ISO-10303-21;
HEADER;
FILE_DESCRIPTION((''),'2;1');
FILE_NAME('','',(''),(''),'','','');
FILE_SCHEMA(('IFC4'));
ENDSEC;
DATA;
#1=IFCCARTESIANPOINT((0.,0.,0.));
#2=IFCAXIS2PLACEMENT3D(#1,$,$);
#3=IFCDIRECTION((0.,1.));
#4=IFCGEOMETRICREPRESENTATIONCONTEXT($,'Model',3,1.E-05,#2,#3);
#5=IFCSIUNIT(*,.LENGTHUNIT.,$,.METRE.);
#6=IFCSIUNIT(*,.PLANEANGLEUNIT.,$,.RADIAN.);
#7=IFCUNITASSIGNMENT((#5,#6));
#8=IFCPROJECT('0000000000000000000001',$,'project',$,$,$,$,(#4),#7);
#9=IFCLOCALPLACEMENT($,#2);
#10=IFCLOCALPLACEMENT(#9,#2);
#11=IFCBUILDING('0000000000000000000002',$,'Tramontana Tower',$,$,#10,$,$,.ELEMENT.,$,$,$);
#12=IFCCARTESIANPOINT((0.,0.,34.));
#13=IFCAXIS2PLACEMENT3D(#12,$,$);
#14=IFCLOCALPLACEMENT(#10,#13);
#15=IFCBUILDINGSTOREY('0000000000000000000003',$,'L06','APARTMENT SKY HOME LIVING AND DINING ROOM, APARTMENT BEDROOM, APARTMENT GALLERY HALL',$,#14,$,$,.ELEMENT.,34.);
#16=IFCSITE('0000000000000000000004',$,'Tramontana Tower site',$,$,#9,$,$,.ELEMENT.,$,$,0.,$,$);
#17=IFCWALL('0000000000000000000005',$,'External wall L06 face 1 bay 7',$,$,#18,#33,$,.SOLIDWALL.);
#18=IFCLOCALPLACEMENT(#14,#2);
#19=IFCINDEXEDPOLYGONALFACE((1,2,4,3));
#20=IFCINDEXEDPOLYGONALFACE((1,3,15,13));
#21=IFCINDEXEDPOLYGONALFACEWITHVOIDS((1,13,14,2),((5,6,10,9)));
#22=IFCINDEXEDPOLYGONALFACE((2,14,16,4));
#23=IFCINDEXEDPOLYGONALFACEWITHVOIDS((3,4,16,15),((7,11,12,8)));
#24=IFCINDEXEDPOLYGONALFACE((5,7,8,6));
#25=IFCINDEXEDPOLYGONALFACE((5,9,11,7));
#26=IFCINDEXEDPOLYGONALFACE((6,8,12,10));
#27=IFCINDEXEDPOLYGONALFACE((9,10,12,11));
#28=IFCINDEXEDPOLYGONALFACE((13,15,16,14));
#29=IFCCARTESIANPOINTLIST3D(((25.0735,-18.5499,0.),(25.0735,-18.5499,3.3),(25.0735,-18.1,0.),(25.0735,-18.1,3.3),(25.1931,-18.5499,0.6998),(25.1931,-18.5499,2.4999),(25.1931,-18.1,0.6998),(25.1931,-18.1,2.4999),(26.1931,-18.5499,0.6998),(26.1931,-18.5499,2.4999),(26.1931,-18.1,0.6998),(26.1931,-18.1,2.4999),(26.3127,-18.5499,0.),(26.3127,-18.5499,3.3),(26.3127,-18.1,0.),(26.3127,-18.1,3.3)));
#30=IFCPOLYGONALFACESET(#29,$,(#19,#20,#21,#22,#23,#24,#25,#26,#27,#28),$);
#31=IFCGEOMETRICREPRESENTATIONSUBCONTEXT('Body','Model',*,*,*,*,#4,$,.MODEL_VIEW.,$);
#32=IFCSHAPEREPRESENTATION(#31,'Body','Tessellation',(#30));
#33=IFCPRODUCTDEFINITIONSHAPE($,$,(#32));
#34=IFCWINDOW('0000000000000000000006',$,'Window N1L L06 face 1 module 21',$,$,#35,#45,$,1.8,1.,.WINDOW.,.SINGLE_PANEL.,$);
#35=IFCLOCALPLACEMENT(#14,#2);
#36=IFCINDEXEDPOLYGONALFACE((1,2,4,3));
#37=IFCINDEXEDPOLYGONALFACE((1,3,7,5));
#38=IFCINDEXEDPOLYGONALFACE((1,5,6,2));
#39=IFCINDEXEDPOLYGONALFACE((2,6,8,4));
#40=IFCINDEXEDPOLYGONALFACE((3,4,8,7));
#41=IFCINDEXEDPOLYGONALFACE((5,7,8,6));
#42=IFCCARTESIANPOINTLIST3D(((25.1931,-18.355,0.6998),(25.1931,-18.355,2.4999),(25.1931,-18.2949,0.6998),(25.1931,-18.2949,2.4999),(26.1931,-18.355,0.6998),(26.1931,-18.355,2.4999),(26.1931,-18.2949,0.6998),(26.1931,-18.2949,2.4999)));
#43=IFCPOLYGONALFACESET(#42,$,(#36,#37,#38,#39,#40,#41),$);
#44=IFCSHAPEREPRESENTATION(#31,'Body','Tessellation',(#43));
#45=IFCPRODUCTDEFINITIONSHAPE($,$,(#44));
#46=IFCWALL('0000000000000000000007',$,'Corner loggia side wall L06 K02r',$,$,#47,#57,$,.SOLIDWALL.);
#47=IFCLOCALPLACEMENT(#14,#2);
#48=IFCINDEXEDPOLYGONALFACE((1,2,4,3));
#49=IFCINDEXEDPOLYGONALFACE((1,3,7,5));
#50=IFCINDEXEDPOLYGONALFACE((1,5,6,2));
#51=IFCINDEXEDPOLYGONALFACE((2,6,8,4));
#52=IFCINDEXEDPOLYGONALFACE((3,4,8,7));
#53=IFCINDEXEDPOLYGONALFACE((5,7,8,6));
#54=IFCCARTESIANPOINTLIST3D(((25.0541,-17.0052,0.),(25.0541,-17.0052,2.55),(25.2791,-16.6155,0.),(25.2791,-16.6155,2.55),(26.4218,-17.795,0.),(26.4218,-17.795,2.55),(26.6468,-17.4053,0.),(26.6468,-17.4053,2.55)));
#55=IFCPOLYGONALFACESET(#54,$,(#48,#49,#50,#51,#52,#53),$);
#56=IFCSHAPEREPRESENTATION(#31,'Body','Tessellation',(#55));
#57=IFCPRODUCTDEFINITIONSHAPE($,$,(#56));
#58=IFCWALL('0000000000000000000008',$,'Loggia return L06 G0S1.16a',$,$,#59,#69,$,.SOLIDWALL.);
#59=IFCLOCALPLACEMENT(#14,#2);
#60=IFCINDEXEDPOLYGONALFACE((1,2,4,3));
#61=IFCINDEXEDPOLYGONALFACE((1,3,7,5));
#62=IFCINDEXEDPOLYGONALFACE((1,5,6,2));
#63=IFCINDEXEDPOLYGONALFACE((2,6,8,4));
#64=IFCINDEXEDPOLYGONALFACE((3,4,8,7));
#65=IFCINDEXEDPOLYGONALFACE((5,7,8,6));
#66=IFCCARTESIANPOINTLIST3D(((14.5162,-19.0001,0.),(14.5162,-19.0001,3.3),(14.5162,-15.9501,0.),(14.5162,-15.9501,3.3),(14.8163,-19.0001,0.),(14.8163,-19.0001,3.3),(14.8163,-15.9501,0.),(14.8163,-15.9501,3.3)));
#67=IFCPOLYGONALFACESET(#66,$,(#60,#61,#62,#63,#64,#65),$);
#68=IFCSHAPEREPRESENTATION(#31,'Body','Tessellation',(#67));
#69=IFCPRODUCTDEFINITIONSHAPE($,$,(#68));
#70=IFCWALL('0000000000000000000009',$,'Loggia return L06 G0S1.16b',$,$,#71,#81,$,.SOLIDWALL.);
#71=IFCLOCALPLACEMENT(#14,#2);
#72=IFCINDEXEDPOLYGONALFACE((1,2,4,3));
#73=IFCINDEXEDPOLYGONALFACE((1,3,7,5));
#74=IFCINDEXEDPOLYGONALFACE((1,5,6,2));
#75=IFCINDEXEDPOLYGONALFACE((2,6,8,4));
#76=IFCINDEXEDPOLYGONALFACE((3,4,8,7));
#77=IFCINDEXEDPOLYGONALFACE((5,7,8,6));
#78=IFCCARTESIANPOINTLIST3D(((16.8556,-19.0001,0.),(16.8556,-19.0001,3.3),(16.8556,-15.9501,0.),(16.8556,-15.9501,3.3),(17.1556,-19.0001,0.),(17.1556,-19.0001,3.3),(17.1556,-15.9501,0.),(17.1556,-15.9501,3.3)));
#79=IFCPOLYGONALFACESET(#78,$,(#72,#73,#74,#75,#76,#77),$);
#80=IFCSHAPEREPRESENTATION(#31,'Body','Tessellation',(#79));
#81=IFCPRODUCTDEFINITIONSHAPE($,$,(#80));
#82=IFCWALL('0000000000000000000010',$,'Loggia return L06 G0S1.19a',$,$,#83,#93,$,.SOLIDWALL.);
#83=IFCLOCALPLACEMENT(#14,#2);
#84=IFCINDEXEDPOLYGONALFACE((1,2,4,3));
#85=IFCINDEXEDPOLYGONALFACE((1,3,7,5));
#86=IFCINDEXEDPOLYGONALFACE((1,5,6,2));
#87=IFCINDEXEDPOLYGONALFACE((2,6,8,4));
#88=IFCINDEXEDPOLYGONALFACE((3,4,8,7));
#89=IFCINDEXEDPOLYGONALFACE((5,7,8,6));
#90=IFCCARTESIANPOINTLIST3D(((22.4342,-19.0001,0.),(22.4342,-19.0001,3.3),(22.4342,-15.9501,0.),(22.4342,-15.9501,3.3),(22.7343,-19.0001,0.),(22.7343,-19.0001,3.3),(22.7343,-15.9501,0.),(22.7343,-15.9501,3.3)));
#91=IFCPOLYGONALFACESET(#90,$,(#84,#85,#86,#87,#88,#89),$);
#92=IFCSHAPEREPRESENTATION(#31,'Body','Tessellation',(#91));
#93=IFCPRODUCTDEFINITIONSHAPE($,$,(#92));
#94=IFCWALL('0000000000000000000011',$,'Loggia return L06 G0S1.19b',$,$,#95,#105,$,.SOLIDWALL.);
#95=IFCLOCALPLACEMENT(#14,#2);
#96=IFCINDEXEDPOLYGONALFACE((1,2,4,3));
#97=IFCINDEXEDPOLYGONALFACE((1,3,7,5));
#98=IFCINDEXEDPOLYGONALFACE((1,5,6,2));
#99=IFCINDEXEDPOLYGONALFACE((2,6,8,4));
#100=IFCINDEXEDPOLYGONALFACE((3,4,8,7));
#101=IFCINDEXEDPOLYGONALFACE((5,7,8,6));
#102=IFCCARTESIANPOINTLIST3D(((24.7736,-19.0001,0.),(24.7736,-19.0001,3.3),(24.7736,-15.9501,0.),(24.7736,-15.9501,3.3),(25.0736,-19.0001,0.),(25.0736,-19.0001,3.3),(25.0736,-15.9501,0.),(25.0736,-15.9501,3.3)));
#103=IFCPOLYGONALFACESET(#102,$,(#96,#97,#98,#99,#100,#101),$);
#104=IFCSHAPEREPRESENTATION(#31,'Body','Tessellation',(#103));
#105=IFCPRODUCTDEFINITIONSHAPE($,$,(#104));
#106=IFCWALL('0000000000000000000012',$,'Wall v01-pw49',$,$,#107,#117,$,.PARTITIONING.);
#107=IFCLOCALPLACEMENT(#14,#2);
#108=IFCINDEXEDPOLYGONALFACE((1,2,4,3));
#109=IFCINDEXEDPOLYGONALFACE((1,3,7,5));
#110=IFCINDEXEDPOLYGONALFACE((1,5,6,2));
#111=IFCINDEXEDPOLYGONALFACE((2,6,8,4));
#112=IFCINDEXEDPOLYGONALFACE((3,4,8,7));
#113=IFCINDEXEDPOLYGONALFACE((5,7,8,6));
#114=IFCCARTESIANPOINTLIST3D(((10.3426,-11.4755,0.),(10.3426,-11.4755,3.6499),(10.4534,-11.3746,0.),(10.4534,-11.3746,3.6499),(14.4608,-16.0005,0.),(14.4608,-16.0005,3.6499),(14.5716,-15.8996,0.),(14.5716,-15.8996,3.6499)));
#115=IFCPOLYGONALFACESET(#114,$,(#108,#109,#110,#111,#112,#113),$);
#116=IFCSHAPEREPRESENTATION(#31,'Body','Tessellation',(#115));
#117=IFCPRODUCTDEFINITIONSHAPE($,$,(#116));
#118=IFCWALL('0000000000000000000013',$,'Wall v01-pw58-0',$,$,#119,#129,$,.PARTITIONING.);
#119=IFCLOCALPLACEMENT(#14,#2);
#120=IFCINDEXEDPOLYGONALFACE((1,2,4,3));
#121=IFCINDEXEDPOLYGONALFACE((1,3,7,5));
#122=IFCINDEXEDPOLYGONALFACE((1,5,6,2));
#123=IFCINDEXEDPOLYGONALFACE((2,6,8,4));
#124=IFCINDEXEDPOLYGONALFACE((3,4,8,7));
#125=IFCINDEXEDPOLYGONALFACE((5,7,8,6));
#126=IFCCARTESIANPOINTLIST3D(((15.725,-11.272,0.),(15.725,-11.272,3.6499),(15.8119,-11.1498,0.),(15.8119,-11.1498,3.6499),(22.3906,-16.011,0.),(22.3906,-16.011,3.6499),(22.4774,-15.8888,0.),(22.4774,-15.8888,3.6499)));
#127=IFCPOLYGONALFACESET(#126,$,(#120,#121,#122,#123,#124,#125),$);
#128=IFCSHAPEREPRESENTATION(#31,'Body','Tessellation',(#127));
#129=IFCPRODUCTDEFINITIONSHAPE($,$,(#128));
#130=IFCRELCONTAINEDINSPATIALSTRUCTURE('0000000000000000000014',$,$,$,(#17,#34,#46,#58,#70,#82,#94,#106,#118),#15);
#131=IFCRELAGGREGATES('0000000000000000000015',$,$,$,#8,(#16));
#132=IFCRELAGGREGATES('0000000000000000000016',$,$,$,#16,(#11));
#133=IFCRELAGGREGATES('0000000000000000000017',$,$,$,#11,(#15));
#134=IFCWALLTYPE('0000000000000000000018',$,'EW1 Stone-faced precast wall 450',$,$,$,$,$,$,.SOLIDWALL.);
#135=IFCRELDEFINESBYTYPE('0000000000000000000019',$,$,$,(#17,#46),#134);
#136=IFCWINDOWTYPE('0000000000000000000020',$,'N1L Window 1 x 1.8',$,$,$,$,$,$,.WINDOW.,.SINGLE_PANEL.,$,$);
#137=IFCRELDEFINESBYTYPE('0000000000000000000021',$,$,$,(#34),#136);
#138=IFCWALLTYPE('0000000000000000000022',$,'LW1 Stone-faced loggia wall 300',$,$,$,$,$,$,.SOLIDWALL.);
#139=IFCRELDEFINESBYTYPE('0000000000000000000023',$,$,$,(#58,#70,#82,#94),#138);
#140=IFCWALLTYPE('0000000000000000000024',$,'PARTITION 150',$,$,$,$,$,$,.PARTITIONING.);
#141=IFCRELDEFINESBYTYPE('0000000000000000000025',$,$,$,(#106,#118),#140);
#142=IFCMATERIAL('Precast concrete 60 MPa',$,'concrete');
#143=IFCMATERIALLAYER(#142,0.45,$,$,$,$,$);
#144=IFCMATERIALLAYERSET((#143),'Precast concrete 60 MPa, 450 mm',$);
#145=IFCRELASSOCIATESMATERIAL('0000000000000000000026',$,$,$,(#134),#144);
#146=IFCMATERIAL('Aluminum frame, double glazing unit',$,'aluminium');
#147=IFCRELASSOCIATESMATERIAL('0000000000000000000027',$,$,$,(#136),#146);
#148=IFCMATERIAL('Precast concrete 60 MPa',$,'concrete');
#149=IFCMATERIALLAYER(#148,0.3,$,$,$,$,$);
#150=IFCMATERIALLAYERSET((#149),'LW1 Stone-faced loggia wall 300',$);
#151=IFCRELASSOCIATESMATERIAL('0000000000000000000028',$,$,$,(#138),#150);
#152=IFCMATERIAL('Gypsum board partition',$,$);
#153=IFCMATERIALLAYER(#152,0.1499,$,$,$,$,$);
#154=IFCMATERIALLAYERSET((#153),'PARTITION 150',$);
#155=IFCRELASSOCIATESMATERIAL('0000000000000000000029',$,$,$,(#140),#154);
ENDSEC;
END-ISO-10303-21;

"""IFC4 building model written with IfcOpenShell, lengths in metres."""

from ifc_helpers import new_model, si_unit, direction, frame, frame_2d, origin, place, context, subcontext, project, spatial, rectangle, extrude, material, layer, layer_set, type_object, element, fill, save


model = new_model("IFC4")

# Units and contexts
model_context = context("Model", 3, precision=1e-05, world=origin(), true_north=direction((0.0, 1.0)))
body_context = subcontext(model_context, "Body", "Model", "MODEL_VIEW")
ifc_project = project(units=[si_unit("LENGTHUNIT", "METRE"), si_unit("PLANEANGLEUNIT", "RADIAN")], contexts=[model_context])

# Site, building, storey
site_placement = place(None, origin())
site = spatial("IfcSite", under=ifc_project, at=site_placement, Name="Tramontana Tower site", CompositionType="ELEMENT", RefElevation=0.0)
building_placement = place(site_placement, origin())
building = spatial("IfcBuilding", under=site, at=building_placement, Name="Tramontana Tower", CompositionType="ELEMENT")
storey_placement = place(building_placement, frame((0.0, 0.0, 34.0)))
storey = spatial("IfcBuildingStorey", under=building, at=storey_placement, Name="L06", Description="APARTMENT SKY HOME LIVING AND DINING ROOM, APARTMENT BEDROOM, APARTMENT GALLERY HALL", CompositionType="ELEMENT", Elevation=34.0)

# Wall, opening, window
ifc_material_1 = material(Name="Precast concrete 60 MPa", Category="concrete")
ifc_layer_1 = layer(ifc_material_1, 0.45)
ifc_layer_set_1 = layer_set([ifc_layer_1], Name="Precast concrete 60 MPa, 450 mm")
wall_type_1 = type_object("IfcWallType", Name="EW1 Stone-faced precast wall 450", PredefinedType="SOLIDWALL", material=ifc_layer_set_1)
wall_1_placement = place(storey_placement, frame((25.0735, -18.325, 0.0), z_axis=(0.0, 0.0, 1.0), x_axis=(1.0, 0.0, 0.0)))
wall_1 = element("IfcWall", 1, at=wall_1_placement, inside=storey, type_object=wall_type_1, Name="External wall L06 face 1 bay 7", PredefinedType="SOLIDWALL", context=body_context, shape_type="SweptSolid", body=[
    extrude(rectangle(XDim=1.2393, YDim=0.45, at=frame_2d((0.6196, 0.0))), origin(), (0.0, 0.0, 1.0), 3.3),
])
opening_1_placement = place(wall_1_placement, frame((0.1196, 0.0, 0.7)))
opening_1 = element("IfcOpeningElement", 2, at=opening_1_placement, cuts=wall_1, PredefinedType="OPENING", context=body_context, shape_type="SweptSolid", body=[
    extrude(rectangle(XDim=1.0, YDim=1.8, at=frame_2d((0.5, 0.8999))), frame((0.0, 0.2349, 0.0), z_axis=(0.0, -1.0, 0.0), x_axis=(1.0, 0.0, 0.0)), (0.0, 0.0, 1.0), 0.47),
])
ifc_material_2 = material(Name="Aluminum frame, double glazing unit", Category="aluminium")
window_type_1 = type_object("IfcWindowType", Name="N1L Window 1 x 1.8", PartitioningType="SINGLE_PANEL", PredefinedType="WINDOW", material=ifc_material_2)
window_1_placement = place(opening_1_placement, origin())
window_1 = element("IfcWindow", 3, at=window_1_placement, inside=storey, type_object=window_type_1, Name="Window N1L L06 face 1 module 21", OverallHeight=1.8, OverallWidth=1.0, PartitioningType="SINGLE_PANEL", PredefinedType="WINDOW", context=body_context, shape_type="SweptSolid", body=[
    extrude(rectangle(XDim=1.0, YDim=1.8, at=frame_2d((0.5, 0.8999))), frame((0.0, 0.03, 0.0), z_axis=(0.0, -1.0, 0.0), x_axis=(1.0, 0.0, 0.0)), (0.0, 0.0, 1.0), 0.0601),
])
fill(opening_1, window_1)

# Wall
wall_2_placement = place(storey_placement, frame((26.5342, -17.6001, 0.0), z_axis=(0.0, 0.0, 1.0), x_axis=(-0.86598, 0.500079, 0.0)))
element("IfcWall", 4, at=wall_2_placement, inside=storey, type_object=wall_type_1, Name="Corner loggia side wall L06 K02r", PredefinedType="SOLIDWALL", context=body_context, shape_type="SweptSolid", body=[
    extrude(rectangle(XDim=1.5793, YDim=0.45, at=frame_2d((0.7896, 0.0))), origin(), (0.0, 0.0, 1.0), 2.55),
])

# Shared definitions
ifc_material_3 = material(Name="Precast concrete 60 MPa", Category="concrete")
ifc_layer_2 = layer(ifc_material_3, 0.3)
ifc_layer_set_2 = layer_set([ifc_layer_2], Name="LW1 Stone-faced loggia wall 300")
wall_type_2 = type_object("IfcWallType", Name="LW1 Stone-faced loggia wall 300", PredefinedType="SOLIDWALL", material=ifc_layer_set_2)

# Walls
for number, where, z_axis, x_axis, name in (
    (5, (14.6663, -19.0, 0.0), (0.0, 0.0, 1.0), (0.0, 1.0, 0.0), "Loggia return L06 G0S1.16a"),
    (6, (17.0056, -19.0, 0.0), (0.0, 0.0, 1.0), (0.0, 1.0, 0.0), "Loggia return L06 G0S1.16b"),
):
    element("IfcWall", number, at=place(storey_placement, frame(where, z_axis=z_axis, x_axis=x_axis)), inside=storey, type_object=wall_type_2, Name=name, PredefinedType="SOLIDWALL", context=body_context, shape_type="SweptSolid", body=[
        extrude(rectangle(XDim=3.05, YDim=0.3, at=frame_2d((1.5249, 0.0))), origin(), (0.0, 0.0, 1.0), 3.3),
    ])

# Walls
for number, where, z_axis, x_axis, name in (
    (7, (22.5842, -19.0, 0.0), (0.0, 0.0, 1.0), (0.0, 1.0, 0.0), "Loggia return L06 G0S1.19a"),
    (8, (24.9236, -19.0, 0.0), (0.0, 0.0, 1.0), (0.0, 1.0, 0.0), "Loggia return L06 G0S1.19b"),
):
    element("IfcWall", number, at=place(storey_placement, frame(where, z_axis=z_axis, x_axis=x_axis)), inside=storey, type_object=wall_type_2, Name=name, PredefinedType="SOLIDWALL", context=body_context, shape_type="SweptSolid", body=[
        extrude(rectangle(XDim=3.05, YDim=0.3, at=frame_2d((1.5249, 0.0))), origin(), (0.0, 0.0, 1.0), 3.3),
    ])
ifc_material_4 = material(Name="Gypsum board partition")
ifc_layer_3 = layer(ifc_material_4, 0.1499)
ifc_layer_set_3 = layer_set([ifc_layer_3], Name="PARTITION 150")
wall_type_3 = type_object("IfcWallType", Name="PARTITION 150", PredefinedType="PARTITIONING", material=ifc_layer_set_3)
wall_3_placement = place(storey_placement, frame((14.5161, -15.95, 0.0), z_axis=(0.0, 0.0, 1.0), x_axis=(-0.673086, 0.739564, 0.0)))
element("IfcWall", 9, at=wall_3_placement, inside=storey, type_object=wall_type_3, Name="Wall v01-pw49", PredefinedType="PARTITIONING", context=body_context, shape_type="SweptSolid", body=[
    extrude(rectangle(XDim=6.1184, YDim=0.1499, at=frame_2d((3.0591, 0.0))), origin(), (0.0, 0.0, 1.0), 3.6499),
])
wall_4_placement = place(storey_placement, frame((22.4341, -15.95, 0.0), z_axis=(0.0, 0.0, 1.0), x_axis=(-0.815008, 0.579449, 0.0)))
element("IfcWall", 10, at=wall_4_placement, inside=storey, type_object=wall_type_3, Name="Wall v01-pw58-0", PredefinedType="PARTITIONING", context=body_context, shape_type="SweptSolid", body=[
    extrude(rectangle(XDim=8.1785, YDim=0.1499, at=frame_2d((4.0894, 0.0))), origin(), (0.0, 0.0, 1.0), 3.6499),
])

save(model, "model.ifc")
